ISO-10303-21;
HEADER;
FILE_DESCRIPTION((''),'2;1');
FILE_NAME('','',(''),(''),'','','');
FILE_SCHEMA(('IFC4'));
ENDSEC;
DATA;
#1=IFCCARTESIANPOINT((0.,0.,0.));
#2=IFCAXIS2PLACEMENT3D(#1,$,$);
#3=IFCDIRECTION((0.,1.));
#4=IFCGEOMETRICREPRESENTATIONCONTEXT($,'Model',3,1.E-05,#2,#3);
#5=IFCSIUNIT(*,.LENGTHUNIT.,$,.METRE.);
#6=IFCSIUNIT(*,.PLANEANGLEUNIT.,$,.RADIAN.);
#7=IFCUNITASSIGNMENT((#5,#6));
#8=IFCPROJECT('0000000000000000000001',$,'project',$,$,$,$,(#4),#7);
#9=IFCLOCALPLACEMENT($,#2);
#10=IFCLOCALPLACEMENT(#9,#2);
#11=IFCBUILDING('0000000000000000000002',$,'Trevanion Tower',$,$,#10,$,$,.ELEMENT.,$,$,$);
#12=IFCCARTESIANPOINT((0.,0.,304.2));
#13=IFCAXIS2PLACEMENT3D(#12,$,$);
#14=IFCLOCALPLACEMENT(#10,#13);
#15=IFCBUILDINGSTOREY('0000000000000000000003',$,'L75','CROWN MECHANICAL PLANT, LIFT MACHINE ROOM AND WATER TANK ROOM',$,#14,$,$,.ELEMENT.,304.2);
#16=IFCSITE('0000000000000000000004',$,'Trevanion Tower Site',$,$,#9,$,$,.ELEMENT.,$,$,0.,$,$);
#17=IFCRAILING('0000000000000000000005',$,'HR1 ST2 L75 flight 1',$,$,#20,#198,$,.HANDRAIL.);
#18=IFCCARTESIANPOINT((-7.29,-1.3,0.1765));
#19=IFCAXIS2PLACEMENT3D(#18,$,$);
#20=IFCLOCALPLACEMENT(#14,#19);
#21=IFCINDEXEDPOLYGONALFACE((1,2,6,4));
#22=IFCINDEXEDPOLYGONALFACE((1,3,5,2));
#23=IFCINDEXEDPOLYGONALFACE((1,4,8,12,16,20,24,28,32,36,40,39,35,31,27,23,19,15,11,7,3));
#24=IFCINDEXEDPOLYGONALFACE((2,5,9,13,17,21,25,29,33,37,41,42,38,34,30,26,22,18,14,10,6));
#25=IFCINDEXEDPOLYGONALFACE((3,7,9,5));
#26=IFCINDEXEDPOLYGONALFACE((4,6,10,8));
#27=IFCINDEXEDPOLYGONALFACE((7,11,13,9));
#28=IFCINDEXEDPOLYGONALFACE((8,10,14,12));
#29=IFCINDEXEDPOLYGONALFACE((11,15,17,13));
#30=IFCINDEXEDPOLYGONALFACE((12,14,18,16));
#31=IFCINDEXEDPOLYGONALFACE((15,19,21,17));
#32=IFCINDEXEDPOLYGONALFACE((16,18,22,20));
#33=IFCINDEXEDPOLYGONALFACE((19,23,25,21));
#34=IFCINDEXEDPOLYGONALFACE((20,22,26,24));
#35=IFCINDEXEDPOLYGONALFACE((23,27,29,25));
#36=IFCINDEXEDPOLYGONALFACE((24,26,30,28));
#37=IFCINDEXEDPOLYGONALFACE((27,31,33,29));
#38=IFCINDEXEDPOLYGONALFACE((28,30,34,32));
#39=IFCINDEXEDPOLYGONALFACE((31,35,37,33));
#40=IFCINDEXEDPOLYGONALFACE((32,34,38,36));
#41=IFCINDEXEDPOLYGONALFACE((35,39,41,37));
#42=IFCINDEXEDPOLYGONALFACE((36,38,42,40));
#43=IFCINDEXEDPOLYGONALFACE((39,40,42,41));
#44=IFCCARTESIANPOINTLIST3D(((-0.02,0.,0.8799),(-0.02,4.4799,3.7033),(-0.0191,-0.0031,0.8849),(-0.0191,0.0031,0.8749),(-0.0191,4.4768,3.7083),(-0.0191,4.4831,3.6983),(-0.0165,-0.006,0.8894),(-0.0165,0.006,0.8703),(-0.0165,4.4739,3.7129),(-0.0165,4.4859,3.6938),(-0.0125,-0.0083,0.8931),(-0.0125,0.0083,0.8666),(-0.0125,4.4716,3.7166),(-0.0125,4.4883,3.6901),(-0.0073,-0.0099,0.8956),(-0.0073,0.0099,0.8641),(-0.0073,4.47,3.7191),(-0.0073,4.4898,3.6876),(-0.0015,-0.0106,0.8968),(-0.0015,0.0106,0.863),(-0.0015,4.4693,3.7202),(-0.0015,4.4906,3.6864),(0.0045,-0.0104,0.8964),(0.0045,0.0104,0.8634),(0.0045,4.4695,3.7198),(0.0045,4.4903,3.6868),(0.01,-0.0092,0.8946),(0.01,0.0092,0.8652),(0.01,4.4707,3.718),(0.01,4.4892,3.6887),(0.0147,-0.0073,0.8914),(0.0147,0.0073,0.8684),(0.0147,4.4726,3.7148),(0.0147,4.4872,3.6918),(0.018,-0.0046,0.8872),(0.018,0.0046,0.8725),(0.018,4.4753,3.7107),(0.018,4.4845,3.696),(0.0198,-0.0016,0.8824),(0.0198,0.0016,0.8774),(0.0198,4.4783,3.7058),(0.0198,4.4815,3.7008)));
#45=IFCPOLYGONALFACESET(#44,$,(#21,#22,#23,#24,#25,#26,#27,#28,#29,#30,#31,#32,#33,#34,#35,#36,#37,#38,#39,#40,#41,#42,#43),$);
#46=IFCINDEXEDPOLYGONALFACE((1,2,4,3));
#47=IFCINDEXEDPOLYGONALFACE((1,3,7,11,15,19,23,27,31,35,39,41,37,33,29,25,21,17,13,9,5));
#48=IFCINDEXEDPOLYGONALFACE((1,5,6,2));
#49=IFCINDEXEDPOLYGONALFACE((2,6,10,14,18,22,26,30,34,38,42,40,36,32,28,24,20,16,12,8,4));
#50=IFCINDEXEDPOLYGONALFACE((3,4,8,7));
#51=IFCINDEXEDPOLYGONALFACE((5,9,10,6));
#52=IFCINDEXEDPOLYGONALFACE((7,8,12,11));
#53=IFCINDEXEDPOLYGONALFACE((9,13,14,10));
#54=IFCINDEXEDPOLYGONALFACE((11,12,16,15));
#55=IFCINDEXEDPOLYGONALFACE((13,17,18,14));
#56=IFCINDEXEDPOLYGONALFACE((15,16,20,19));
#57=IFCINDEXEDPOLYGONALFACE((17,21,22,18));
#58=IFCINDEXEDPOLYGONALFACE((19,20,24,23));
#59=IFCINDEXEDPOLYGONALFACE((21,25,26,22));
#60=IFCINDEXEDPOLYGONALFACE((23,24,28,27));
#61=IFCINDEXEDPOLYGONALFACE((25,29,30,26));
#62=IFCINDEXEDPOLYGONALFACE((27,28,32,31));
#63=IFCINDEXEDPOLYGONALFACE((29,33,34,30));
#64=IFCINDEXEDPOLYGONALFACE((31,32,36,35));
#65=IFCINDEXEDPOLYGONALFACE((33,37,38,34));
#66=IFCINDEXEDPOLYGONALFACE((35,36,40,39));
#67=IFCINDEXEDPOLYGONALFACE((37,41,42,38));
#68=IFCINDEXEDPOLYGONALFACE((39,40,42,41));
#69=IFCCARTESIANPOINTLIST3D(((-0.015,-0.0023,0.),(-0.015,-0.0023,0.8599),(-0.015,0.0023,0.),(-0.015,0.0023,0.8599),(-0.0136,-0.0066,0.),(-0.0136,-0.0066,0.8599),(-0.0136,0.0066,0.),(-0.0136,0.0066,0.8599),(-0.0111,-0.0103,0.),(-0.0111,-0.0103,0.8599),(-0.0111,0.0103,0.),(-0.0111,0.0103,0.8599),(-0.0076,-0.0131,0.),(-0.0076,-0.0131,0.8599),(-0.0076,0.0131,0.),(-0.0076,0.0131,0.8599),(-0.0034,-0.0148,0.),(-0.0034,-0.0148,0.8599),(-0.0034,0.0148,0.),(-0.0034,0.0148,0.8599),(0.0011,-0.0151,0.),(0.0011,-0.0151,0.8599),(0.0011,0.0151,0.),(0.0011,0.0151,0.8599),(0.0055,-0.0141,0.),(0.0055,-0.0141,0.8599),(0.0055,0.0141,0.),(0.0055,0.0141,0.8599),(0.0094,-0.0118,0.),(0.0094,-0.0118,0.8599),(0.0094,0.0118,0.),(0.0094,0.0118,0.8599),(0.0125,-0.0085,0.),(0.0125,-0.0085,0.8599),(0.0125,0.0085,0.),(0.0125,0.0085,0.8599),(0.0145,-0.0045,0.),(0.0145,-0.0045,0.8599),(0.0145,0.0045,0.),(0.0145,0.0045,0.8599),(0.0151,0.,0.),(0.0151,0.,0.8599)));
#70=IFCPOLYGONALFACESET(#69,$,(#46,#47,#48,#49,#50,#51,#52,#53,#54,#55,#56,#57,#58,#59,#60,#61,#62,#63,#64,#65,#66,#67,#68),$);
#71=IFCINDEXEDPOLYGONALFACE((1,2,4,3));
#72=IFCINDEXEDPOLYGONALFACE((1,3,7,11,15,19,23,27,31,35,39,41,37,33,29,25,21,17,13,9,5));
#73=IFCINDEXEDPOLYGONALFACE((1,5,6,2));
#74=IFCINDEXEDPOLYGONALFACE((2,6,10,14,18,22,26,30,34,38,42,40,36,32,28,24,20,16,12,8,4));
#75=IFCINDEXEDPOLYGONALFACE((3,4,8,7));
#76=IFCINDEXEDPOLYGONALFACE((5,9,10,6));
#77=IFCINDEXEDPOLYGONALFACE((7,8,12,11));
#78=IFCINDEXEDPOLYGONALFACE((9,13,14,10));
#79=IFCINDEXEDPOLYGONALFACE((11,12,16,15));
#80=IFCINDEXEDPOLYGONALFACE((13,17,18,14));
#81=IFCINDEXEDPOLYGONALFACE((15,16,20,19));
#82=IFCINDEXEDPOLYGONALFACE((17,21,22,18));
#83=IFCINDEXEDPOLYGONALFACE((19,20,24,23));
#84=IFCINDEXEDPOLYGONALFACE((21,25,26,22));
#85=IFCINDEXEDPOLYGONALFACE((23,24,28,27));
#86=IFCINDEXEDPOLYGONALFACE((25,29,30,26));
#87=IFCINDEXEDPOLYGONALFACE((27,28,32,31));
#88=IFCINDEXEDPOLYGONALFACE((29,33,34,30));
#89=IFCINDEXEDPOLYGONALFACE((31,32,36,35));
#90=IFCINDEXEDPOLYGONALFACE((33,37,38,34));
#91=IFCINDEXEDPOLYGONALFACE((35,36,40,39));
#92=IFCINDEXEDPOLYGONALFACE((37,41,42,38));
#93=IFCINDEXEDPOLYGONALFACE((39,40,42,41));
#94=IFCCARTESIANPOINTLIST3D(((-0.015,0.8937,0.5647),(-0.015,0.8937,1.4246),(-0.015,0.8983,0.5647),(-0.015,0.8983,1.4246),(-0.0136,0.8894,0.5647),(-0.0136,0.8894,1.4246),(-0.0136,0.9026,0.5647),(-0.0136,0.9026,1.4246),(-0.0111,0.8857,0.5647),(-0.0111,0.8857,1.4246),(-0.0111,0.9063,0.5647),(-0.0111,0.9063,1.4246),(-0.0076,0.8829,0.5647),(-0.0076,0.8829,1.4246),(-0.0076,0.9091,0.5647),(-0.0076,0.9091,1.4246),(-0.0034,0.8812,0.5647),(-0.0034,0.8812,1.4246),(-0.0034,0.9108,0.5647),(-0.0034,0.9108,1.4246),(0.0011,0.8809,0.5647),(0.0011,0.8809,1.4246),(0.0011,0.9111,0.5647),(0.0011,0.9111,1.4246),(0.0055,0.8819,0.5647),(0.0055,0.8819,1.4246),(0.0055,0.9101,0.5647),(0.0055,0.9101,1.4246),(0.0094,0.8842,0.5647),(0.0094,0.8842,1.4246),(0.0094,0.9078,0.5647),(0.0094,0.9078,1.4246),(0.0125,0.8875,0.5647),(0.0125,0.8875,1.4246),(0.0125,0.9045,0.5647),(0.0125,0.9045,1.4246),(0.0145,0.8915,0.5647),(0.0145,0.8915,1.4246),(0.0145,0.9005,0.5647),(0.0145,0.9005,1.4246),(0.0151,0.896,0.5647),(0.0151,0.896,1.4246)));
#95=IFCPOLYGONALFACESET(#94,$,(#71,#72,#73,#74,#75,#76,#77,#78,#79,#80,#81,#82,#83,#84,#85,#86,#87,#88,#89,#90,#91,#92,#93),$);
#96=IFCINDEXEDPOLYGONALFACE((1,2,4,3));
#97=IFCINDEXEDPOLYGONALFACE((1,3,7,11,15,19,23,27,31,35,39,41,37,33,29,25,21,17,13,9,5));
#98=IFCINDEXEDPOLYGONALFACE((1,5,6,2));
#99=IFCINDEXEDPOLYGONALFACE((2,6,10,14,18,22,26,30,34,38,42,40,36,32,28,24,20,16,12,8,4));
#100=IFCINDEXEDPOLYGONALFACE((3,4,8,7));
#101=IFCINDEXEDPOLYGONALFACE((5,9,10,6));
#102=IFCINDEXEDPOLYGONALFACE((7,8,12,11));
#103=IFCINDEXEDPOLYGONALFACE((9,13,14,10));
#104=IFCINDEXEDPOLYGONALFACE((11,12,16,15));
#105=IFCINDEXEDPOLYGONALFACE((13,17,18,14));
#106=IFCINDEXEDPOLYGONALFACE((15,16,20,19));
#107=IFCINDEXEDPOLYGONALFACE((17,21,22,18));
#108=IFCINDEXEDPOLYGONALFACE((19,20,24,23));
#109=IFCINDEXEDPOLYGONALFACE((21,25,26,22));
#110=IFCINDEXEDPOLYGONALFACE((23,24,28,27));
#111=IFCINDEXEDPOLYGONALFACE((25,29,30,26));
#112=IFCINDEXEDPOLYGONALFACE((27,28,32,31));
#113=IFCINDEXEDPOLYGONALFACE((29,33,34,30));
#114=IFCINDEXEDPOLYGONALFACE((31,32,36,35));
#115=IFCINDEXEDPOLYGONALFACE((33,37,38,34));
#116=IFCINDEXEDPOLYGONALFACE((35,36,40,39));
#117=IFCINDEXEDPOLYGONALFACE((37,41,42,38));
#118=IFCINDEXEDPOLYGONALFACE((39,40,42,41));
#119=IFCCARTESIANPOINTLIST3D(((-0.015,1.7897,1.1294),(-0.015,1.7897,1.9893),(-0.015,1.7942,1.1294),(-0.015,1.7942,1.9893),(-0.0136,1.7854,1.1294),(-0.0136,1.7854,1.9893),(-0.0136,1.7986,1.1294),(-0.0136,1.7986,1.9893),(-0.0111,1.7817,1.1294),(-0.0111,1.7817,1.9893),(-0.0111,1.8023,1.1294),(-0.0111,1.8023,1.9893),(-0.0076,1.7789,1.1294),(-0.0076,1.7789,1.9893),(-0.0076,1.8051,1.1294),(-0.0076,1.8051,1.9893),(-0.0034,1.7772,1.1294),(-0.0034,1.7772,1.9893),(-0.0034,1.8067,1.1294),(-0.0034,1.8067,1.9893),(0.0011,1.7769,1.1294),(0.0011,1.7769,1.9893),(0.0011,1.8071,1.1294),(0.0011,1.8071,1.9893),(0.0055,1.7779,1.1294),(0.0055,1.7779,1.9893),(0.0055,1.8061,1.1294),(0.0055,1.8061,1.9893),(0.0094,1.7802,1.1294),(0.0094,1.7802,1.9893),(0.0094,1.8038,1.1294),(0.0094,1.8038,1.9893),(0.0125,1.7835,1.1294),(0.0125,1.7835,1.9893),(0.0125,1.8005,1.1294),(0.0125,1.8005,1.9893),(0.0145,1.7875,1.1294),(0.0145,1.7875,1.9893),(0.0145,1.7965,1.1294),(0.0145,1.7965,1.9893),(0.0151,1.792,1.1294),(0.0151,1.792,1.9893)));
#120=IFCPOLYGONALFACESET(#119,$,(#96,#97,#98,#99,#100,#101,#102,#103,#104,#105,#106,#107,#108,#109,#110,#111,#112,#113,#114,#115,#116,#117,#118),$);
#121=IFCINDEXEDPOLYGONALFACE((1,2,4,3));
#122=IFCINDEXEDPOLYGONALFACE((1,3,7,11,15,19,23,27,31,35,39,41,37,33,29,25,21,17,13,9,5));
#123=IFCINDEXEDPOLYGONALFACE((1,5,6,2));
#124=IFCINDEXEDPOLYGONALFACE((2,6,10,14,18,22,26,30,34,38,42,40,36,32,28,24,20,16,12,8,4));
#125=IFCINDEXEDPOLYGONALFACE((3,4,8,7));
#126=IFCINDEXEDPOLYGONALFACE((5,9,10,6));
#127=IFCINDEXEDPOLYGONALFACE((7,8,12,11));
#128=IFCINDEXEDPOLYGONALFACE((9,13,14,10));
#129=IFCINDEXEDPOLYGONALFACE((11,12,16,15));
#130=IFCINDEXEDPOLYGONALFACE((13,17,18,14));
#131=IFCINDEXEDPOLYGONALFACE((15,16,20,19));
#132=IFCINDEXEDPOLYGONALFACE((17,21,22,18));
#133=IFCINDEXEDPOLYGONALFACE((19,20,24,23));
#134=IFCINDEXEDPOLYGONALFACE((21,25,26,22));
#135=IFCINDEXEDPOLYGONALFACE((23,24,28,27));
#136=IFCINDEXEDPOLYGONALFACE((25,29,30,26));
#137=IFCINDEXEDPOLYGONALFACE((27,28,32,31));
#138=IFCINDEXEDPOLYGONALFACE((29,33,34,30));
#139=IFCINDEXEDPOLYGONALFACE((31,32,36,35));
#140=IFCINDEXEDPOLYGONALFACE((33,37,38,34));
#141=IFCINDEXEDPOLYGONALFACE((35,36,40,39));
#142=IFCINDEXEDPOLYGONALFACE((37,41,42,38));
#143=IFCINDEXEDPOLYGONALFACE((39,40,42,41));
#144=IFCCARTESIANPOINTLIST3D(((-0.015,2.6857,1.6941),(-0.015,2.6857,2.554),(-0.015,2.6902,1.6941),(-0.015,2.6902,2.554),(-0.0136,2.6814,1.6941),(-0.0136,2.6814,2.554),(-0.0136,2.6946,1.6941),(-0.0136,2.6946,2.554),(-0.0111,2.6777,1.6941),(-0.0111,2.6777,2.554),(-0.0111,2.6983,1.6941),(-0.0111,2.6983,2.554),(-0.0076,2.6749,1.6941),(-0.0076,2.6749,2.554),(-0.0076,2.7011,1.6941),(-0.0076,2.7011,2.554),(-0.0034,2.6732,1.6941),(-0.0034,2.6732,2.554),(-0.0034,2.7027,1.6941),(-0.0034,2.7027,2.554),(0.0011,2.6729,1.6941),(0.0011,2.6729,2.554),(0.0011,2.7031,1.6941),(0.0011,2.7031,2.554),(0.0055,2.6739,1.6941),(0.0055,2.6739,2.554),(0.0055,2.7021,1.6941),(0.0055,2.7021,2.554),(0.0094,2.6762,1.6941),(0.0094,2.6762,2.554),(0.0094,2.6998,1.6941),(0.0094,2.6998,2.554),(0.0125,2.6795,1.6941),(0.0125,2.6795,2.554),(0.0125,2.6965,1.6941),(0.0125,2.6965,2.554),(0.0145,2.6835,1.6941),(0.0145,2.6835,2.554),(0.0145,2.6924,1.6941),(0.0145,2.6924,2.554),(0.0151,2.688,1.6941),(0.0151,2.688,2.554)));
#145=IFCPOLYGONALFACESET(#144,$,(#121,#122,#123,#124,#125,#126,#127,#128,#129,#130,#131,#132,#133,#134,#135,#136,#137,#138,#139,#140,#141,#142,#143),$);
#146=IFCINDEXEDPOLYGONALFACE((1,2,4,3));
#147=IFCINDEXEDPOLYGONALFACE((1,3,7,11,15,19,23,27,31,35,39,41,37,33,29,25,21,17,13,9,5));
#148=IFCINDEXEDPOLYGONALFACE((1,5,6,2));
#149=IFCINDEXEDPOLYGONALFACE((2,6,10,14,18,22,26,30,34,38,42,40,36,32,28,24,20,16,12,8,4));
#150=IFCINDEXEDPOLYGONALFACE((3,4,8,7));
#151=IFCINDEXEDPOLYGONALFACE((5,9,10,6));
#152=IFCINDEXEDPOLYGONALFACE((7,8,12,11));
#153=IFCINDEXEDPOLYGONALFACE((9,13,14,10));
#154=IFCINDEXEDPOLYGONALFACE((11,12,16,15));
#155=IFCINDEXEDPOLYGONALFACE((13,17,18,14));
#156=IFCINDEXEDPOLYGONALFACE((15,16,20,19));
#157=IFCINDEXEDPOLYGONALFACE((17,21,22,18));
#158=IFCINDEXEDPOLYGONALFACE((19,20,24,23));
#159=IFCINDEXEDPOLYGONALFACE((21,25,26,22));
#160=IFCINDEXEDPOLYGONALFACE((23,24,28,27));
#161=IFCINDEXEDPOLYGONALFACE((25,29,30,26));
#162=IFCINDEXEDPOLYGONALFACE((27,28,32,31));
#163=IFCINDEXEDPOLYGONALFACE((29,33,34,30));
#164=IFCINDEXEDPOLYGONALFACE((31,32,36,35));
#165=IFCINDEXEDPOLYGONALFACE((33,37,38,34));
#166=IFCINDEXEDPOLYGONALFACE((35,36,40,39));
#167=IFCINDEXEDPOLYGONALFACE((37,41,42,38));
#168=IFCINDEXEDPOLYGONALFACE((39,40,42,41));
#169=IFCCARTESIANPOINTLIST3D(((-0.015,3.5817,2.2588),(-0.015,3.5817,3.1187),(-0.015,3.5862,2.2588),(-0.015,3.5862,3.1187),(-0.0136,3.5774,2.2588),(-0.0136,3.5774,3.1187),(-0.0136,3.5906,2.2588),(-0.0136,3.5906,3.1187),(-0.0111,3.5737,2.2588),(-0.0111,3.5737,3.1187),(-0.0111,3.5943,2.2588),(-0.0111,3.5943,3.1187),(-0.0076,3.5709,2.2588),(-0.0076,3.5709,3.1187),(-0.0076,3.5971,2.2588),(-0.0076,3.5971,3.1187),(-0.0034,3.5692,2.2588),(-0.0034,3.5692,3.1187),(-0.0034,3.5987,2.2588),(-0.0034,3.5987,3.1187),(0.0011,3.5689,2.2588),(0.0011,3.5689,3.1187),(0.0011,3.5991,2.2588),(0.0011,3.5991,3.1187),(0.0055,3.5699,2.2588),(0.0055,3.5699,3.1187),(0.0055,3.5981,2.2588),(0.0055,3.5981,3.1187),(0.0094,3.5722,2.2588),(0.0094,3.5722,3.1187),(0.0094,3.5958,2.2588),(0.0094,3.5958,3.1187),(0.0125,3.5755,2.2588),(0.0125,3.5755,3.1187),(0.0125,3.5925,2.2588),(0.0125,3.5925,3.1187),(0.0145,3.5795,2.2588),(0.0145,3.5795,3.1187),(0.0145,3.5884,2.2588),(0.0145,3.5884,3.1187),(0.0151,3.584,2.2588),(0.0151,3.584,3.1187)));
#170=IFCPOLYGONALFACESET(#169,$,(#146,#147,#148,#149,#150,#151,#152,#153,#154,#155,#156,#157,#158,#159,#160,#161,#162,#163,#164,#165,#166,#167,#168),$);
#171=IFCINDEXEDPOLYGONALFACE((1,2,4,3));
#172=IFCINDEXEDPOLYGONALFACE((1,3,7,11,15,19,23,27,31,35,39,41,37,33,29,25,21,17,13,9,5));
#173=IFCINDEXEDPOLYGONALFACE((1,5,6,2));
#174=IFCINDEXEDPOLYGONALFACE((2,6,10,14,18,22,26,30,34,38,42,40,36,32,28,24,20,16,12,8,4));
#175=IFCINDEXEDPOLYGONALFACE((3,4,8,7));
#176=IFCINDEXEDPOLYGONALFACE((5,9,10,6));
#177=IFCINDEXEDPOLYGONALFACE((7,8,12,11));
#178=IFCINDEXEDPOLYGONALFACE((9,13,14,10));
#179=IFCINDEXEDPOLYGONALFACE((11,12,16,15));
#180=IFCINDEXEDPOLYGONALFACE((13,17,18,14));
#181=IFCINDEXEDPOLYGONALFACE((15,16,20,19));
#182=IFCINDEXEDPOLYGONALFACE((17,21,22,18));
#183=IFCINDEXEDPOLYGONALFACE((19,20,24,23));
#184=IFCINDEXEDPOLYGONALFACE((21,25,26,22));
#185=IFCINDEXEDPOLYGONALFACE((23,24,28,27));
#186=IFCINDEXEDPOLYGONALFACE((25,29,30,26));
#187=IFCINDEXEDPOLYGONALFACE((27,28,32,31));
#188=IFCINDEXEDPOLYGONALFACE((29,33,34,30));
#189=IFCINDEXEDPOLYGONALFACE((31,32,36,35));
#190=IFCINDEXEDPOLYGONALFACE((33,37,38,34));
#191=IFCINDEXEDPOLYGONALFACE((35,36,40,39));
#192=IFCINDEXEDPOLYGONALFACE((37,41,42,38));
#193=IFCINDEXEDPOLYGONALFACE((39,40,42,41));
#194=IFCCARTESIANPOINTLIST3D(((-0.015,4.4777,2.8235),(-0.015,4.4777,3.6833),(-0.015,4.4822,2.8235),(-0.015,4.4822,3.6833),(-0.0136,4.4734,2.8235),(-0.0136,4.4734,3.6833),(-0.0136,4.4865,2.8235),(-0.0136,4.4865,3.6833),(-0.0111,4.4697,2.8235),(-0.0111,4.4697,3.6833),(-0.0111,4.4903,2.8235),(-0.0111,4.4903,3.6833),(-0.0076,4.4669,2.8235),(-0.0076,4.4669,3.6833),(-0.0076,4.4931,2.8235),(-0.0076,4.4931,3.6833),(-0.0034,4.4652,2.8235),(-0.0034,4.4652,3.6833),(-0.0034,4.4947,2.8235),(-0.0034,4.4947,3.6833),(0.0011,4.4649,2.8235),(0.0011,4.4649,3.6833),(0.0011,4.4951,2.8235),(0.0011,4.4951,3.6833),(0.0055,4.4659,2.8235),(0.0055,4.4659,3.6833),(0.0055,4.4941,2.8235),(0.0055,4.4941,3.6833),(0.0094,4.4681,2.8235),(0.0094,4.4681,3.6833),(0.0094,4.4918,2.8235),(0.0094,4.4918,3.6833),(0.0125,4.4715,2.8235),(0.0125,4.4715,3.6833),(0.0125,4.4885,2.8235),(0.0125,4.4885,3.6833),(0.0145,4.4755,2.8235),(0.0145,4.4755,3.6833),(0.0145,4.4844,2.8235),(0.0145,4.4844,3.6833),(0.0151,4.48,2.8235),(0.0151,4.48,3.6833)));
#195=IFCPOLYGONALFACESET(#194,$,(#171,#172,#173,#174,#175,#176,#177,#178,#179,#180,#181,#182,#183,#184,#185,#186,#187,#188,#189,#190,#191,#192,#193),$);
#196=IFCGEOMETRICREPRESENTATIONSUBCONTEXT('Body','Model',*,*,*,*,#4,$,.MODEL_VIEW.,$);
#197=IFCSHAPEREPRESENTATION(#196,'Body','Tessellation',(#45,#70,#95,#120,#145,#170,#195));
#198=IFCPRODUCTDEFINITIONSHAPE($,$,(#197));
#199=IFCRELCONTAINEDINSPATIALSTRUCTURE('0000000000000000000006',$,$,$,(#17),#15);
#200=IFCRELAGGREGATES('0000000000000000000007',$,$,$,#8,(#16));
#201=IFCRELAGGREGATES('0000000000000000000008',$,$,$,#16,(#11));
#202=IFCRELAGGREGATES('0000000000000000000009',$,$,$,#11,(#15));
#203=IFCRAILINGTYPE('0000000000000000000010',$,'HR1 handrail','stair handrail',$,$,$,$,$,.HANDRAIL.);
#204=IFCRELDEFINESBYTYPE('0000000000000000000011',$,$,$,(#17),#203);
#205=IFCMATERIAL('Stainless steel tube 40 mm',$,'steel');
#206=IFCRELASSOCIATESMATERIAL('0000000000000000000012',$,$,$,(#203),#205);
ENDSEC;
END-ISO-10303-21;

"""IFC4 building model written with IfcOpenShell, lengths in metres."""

from ifc_helpers import new_model, si_unit, direction, frame, origin, origin_2d, place, context, subcontext, project, spatial, circle, extrude, material, type_object, element, save


model = new_model("IFC4")

# Units and contexts
model_context = context("Model", 3, precision=1e-05, world=origin(), true_north=direction((0.0, 1.0)))
body_context = subcontext(model_context, "Body", "Model", "MODEL_VIEW")
ifc_project = project(units=[si_unit("LENGTHUNIT", "METRE"), si_unit("PLANEANGLEUNIT", "RADIAN")], contexts=[model_context])

# Site, building, storey
site_placement = place(None, origin())
site = spatial("IfcSite", under=ifc_project, at=site_placement, Name="Trevanion Tower Site", CompositionType="ELEMENT", RefElevation=0.0)
building_placement = place(site_placement, origin())
building = spatial("IfcBuilding", under=site, at=building_placement, Name="Trevanion Tower", CompositionType="ELEMENT")
storey_placement = place(building_placement, frame((0.0, 0.0, 304.2)))
storey = spatial("IfcBuildingStorey", under=building, at=storey_placement, Name="L75", Description="CROWN MECHANICAL PLANT, LIFT MACHINE ROOM AND WATER TANK ROOM", CompositionType="ELEMENT", Elevation=304.2)

# Railing
ifc_material_1 = material(Name="Stainless steel tube 40 mm", Category="steel")
railing_type = type_object("IfcRailingType", Name="HR1 handrail", Description="stair handrail", PredefinedType="HANDRAIL", material=ifc_material_1)
for number, where, name in (
    (1, (-7.29, -1.3, 0.1765), "HR1 ST2 L75 flight 1"),
):
    element("IfcRailing", number, at=place(storey_placement, frame(where)), inside=storey, type_object=railing_type, Name=name, PredefinedType="HANDRAIL", context=body_context, shape_type="SweptSolid", body=[
        extrude(circle(Radius=0.02, at=origin_2d()), frame((0.0, 0.0, 0.8799), z_axis=(0.0, 0.845998, 0.533186), x_axis=(-1.0, 0.0, 0.0)), (0.0, 0.0, 1.0), 5.2954),
        extrude(circle(Radius=0.0151, at=origin_2d()), origin(), (0.0, 0.0, 1.0), 0.8599),
        extrude(circle(Radius=0.0151, at=origin_2d()), frame((0.0, 0.896, 0.5647)), (0.0, 0.0, 1.0), 0.8599),
        extrude(circle(Radius=0.0151, at=origin_2d()), frame((0.0, 1.792, 1.1294)), (0.0, 0.0, 1.0), 0.8599),
        extrude(circle(Radius=0.0151, at=origin_2d()), frame((0.0, 2.688, 1.6941)), (0.0, 0.0, 1.0), 0.8599),
        extrude(circle(Radius=0.0151, at=origin_2d()), frame((0.0, 3.584, 2.2588)), (0.0, 0.0, 1.0), 0.8599),
        extrude(circle(Radius=0.0151, at=origin_2d()), frame((0.0, 4.48, 2.8235)), (0.0, 0.0, 1.0), 0.8599),
    ])

save(model, "model.ifc")
